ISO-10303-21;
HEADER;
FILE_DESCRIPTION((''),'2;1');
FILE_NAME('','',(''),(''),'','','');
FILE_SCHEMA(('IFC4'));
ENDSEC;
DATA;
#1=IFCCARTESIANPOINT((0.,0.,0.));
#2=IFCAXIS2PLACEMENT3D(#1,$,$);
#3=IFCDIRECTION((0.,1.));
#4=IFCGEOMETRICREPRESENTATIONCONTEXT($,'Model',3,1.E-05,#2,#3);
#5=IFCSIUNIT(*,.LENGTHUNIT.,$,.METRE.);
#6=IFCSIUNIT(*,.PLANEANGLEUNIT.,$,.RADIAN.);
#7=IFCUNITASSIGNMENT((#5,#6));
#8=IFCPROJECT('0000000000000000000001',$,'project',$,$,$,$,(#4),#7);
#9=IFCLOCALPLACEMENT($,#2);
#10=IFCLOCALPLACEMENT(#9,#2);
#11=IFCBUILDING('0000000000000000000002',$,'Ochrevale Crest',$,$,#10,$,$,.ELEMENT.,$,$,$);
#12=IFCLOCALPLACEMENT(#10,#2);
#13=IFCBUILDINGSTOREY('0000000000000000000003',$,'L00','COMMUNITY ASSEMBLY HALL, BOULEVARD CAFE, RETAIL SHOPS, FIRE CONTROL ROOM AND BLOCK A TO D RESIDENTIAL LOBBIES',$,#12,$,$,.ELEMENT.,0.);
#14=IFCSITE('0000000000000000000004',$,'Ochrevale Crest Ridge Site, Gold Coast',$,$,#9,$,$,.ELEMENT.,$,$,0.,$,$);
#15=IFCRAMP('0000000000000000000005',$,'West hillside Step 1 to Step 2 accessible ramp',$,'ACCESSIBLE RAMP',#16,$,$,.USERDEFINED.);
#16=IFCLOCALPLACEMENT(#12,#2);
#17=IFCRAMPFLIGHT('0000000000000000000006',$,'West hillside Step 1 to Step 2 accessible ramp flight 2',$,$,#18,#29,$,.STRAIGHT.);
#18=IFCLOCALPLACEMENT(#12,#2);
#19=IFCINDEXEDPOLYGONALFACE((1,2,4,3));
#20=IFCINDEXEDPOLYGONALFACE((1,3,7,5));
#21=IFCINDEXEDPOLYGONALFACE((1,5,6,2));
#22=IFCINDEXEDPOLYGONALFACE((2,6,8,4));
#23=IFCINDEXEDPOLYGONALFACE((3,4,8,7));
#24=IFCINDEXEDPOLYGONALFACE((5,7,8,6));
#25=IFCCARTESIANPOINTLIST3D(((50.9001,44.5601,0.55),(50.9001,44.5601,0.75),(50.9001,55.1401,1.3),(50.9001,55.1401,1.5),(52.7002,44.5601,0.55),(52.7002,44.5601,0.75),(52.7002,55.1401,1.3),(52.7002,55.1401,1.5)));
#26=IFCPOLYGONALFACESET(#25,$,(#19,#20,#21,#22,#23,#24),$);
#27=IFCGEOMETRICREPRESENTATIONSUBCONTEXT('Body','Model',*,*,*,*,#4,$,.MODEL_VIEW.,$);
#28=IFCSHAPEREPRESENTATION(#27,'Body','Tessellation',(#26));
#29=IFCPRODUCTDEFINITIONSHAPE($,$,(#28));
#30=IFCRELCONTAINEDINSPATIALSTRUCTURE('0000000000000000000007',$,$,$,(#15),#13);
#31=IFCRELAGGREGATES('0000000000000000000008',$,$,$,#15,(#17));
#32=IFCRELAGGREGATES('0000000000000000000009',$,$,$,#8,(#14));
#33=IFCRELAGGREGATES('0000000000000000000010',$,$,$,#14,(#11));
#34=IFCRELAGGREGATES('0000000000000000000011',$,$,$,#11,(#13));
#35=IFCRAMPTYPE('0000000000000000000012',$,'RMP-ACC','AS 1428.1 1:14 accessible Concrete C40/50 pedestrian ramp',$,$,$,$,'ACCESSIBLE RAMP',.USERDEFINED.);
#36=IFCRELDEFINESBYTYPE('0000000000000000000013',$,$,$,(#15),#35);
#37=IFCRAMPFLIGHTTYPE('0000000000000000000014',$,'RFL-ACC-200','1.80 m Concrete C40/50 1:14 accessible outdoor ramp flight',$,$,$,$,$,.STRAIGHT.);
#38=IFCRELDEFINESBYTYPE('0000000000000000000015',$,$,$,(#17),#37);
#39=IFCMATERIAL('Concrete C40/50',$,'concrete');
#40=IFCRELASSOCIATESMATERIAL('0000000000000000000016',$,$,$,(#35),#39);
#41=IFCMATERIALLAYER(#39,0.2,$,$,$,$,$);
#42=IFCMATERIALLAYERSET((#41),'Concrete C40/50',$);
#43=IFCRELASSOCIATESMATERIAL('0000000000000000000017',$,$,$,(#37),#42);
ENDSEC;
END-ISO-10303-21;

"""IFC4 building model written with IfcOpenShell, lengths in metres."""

from ifc_helpers import new_model, si_unit, direction, frame, origin, place, context, subcontext, project, spatial, polyline, outline, extrude, material, layer, layer_set, type_object, element, aggregate, save


model = new_model("IFC4")

# Units and contexts
model_context = context("Model", 3, precision=1e-05, world=origin(), true_north=direction((0.0, 1.0)))
body_context = subcontext(model_context, "Body", "Model", "MODEL_VIEW")
ifc_project = project(units=[si_unit("LENGTHUNIT", "METRE"), si_unit("PLANEANGLEUNIT", "RADIAN")], contexts=[model_context])

# Site, building, storey
site_placement = place(None, origin())
site = spatial("IfcSite", under=ifc_project, at=site_placement, Name="Ochrevale Crest Ridge Site, Gold Coast", CompositionType="ELEMENT", RefElevation=0.0)
building_placement = place(site_placement, origin())
building = spatial("IfcBuilding", under=site, at=building_placement, Name="Ochrevale Crest", CompositionType="ELEMENT")
storey_placement = place(building_placement, origin())
storey = spatial("IfcBuildingStorey", under=building, at=storey_placement, Name="L00", Description="COMMUNITY ASSEMBLY HALL, BOULEVARD CAFE, RETAIL SHOPS, FIRE CONTROL ROOM AND BLOCK A TO D RESIDENTIAL LOBBIES", CompositionType="ELEMENT", Elevation=0.0)

# Ramp, ramp flight
ifc_material_1 = material(Name="Concrete C40/50", Category="concrete")
ramp_type = type_object("IfcRampType", Name="RMP-ACC", Description="AS 1428.1 1:14 accessible Concrete C40/50 pedestrian ramp", ElementType="ACCESSIBLE RAMP", PredefinedType="USERDEFINED", material=ifc_material_1)
ramp_placement = place(storey_placement, origin())
ramp = element("IfcRamp", 1, at=ramp_placement, inside=storey, type_object=ramp_type, Name="West hillside Step 1 to Step 2 accessible ramp", ObjectType="ACCESSIBLE RAMP", PredefinedType="USERDEFINED")
ifc_layer_1 = layer(ifc_material_1, 0.2)
ifc_layer_set_1 = layer_set([ifc_layer_1], Name="Concrete C40/50")
ramp_flight_type = type_object("IfcRampFlightType", Name="RFL-ACC-200", Description="1.80 m Concrete C40/50 1:14 accessible outdoor ramp flight", PredefinedType="STRAIGHT", material=ifc_layer_set_1)
ramp_flight_1_placement = place(storey_placement, frame((51.8, 44.5601, 0.75), z_axis=(0.0, 0.0, 1.0), x_axis=(0.0, 1.0, 0.0)))
ramp_flight_1 = element("IfcRampFlight", 2, at=ramp_flight_1_placement, type_object=ramp_flight_type, Name="West hillside Step 1 to Step 2 accessible ramp flight 2", PredefinedType="STRAIGHT", context=body_context, shape_type="SweptSolid", body=[
    extrude(outline(polyline([(0.0, -0.2), (10.5801, 0.55), (10.5801, 0.75), (0.0, 0.0), (0.0, -0.2)])), frame((0.0, 0.8999, 0.0), z_axis=(0.0, -1.0, 0.0), x_axis=(1.0, 0.0, 0.0)), (0.0, 0.0, 1.0), 1.8),
])
aggregate(ramp, [ramp_flight_1])

save(model, "model.ifc")
